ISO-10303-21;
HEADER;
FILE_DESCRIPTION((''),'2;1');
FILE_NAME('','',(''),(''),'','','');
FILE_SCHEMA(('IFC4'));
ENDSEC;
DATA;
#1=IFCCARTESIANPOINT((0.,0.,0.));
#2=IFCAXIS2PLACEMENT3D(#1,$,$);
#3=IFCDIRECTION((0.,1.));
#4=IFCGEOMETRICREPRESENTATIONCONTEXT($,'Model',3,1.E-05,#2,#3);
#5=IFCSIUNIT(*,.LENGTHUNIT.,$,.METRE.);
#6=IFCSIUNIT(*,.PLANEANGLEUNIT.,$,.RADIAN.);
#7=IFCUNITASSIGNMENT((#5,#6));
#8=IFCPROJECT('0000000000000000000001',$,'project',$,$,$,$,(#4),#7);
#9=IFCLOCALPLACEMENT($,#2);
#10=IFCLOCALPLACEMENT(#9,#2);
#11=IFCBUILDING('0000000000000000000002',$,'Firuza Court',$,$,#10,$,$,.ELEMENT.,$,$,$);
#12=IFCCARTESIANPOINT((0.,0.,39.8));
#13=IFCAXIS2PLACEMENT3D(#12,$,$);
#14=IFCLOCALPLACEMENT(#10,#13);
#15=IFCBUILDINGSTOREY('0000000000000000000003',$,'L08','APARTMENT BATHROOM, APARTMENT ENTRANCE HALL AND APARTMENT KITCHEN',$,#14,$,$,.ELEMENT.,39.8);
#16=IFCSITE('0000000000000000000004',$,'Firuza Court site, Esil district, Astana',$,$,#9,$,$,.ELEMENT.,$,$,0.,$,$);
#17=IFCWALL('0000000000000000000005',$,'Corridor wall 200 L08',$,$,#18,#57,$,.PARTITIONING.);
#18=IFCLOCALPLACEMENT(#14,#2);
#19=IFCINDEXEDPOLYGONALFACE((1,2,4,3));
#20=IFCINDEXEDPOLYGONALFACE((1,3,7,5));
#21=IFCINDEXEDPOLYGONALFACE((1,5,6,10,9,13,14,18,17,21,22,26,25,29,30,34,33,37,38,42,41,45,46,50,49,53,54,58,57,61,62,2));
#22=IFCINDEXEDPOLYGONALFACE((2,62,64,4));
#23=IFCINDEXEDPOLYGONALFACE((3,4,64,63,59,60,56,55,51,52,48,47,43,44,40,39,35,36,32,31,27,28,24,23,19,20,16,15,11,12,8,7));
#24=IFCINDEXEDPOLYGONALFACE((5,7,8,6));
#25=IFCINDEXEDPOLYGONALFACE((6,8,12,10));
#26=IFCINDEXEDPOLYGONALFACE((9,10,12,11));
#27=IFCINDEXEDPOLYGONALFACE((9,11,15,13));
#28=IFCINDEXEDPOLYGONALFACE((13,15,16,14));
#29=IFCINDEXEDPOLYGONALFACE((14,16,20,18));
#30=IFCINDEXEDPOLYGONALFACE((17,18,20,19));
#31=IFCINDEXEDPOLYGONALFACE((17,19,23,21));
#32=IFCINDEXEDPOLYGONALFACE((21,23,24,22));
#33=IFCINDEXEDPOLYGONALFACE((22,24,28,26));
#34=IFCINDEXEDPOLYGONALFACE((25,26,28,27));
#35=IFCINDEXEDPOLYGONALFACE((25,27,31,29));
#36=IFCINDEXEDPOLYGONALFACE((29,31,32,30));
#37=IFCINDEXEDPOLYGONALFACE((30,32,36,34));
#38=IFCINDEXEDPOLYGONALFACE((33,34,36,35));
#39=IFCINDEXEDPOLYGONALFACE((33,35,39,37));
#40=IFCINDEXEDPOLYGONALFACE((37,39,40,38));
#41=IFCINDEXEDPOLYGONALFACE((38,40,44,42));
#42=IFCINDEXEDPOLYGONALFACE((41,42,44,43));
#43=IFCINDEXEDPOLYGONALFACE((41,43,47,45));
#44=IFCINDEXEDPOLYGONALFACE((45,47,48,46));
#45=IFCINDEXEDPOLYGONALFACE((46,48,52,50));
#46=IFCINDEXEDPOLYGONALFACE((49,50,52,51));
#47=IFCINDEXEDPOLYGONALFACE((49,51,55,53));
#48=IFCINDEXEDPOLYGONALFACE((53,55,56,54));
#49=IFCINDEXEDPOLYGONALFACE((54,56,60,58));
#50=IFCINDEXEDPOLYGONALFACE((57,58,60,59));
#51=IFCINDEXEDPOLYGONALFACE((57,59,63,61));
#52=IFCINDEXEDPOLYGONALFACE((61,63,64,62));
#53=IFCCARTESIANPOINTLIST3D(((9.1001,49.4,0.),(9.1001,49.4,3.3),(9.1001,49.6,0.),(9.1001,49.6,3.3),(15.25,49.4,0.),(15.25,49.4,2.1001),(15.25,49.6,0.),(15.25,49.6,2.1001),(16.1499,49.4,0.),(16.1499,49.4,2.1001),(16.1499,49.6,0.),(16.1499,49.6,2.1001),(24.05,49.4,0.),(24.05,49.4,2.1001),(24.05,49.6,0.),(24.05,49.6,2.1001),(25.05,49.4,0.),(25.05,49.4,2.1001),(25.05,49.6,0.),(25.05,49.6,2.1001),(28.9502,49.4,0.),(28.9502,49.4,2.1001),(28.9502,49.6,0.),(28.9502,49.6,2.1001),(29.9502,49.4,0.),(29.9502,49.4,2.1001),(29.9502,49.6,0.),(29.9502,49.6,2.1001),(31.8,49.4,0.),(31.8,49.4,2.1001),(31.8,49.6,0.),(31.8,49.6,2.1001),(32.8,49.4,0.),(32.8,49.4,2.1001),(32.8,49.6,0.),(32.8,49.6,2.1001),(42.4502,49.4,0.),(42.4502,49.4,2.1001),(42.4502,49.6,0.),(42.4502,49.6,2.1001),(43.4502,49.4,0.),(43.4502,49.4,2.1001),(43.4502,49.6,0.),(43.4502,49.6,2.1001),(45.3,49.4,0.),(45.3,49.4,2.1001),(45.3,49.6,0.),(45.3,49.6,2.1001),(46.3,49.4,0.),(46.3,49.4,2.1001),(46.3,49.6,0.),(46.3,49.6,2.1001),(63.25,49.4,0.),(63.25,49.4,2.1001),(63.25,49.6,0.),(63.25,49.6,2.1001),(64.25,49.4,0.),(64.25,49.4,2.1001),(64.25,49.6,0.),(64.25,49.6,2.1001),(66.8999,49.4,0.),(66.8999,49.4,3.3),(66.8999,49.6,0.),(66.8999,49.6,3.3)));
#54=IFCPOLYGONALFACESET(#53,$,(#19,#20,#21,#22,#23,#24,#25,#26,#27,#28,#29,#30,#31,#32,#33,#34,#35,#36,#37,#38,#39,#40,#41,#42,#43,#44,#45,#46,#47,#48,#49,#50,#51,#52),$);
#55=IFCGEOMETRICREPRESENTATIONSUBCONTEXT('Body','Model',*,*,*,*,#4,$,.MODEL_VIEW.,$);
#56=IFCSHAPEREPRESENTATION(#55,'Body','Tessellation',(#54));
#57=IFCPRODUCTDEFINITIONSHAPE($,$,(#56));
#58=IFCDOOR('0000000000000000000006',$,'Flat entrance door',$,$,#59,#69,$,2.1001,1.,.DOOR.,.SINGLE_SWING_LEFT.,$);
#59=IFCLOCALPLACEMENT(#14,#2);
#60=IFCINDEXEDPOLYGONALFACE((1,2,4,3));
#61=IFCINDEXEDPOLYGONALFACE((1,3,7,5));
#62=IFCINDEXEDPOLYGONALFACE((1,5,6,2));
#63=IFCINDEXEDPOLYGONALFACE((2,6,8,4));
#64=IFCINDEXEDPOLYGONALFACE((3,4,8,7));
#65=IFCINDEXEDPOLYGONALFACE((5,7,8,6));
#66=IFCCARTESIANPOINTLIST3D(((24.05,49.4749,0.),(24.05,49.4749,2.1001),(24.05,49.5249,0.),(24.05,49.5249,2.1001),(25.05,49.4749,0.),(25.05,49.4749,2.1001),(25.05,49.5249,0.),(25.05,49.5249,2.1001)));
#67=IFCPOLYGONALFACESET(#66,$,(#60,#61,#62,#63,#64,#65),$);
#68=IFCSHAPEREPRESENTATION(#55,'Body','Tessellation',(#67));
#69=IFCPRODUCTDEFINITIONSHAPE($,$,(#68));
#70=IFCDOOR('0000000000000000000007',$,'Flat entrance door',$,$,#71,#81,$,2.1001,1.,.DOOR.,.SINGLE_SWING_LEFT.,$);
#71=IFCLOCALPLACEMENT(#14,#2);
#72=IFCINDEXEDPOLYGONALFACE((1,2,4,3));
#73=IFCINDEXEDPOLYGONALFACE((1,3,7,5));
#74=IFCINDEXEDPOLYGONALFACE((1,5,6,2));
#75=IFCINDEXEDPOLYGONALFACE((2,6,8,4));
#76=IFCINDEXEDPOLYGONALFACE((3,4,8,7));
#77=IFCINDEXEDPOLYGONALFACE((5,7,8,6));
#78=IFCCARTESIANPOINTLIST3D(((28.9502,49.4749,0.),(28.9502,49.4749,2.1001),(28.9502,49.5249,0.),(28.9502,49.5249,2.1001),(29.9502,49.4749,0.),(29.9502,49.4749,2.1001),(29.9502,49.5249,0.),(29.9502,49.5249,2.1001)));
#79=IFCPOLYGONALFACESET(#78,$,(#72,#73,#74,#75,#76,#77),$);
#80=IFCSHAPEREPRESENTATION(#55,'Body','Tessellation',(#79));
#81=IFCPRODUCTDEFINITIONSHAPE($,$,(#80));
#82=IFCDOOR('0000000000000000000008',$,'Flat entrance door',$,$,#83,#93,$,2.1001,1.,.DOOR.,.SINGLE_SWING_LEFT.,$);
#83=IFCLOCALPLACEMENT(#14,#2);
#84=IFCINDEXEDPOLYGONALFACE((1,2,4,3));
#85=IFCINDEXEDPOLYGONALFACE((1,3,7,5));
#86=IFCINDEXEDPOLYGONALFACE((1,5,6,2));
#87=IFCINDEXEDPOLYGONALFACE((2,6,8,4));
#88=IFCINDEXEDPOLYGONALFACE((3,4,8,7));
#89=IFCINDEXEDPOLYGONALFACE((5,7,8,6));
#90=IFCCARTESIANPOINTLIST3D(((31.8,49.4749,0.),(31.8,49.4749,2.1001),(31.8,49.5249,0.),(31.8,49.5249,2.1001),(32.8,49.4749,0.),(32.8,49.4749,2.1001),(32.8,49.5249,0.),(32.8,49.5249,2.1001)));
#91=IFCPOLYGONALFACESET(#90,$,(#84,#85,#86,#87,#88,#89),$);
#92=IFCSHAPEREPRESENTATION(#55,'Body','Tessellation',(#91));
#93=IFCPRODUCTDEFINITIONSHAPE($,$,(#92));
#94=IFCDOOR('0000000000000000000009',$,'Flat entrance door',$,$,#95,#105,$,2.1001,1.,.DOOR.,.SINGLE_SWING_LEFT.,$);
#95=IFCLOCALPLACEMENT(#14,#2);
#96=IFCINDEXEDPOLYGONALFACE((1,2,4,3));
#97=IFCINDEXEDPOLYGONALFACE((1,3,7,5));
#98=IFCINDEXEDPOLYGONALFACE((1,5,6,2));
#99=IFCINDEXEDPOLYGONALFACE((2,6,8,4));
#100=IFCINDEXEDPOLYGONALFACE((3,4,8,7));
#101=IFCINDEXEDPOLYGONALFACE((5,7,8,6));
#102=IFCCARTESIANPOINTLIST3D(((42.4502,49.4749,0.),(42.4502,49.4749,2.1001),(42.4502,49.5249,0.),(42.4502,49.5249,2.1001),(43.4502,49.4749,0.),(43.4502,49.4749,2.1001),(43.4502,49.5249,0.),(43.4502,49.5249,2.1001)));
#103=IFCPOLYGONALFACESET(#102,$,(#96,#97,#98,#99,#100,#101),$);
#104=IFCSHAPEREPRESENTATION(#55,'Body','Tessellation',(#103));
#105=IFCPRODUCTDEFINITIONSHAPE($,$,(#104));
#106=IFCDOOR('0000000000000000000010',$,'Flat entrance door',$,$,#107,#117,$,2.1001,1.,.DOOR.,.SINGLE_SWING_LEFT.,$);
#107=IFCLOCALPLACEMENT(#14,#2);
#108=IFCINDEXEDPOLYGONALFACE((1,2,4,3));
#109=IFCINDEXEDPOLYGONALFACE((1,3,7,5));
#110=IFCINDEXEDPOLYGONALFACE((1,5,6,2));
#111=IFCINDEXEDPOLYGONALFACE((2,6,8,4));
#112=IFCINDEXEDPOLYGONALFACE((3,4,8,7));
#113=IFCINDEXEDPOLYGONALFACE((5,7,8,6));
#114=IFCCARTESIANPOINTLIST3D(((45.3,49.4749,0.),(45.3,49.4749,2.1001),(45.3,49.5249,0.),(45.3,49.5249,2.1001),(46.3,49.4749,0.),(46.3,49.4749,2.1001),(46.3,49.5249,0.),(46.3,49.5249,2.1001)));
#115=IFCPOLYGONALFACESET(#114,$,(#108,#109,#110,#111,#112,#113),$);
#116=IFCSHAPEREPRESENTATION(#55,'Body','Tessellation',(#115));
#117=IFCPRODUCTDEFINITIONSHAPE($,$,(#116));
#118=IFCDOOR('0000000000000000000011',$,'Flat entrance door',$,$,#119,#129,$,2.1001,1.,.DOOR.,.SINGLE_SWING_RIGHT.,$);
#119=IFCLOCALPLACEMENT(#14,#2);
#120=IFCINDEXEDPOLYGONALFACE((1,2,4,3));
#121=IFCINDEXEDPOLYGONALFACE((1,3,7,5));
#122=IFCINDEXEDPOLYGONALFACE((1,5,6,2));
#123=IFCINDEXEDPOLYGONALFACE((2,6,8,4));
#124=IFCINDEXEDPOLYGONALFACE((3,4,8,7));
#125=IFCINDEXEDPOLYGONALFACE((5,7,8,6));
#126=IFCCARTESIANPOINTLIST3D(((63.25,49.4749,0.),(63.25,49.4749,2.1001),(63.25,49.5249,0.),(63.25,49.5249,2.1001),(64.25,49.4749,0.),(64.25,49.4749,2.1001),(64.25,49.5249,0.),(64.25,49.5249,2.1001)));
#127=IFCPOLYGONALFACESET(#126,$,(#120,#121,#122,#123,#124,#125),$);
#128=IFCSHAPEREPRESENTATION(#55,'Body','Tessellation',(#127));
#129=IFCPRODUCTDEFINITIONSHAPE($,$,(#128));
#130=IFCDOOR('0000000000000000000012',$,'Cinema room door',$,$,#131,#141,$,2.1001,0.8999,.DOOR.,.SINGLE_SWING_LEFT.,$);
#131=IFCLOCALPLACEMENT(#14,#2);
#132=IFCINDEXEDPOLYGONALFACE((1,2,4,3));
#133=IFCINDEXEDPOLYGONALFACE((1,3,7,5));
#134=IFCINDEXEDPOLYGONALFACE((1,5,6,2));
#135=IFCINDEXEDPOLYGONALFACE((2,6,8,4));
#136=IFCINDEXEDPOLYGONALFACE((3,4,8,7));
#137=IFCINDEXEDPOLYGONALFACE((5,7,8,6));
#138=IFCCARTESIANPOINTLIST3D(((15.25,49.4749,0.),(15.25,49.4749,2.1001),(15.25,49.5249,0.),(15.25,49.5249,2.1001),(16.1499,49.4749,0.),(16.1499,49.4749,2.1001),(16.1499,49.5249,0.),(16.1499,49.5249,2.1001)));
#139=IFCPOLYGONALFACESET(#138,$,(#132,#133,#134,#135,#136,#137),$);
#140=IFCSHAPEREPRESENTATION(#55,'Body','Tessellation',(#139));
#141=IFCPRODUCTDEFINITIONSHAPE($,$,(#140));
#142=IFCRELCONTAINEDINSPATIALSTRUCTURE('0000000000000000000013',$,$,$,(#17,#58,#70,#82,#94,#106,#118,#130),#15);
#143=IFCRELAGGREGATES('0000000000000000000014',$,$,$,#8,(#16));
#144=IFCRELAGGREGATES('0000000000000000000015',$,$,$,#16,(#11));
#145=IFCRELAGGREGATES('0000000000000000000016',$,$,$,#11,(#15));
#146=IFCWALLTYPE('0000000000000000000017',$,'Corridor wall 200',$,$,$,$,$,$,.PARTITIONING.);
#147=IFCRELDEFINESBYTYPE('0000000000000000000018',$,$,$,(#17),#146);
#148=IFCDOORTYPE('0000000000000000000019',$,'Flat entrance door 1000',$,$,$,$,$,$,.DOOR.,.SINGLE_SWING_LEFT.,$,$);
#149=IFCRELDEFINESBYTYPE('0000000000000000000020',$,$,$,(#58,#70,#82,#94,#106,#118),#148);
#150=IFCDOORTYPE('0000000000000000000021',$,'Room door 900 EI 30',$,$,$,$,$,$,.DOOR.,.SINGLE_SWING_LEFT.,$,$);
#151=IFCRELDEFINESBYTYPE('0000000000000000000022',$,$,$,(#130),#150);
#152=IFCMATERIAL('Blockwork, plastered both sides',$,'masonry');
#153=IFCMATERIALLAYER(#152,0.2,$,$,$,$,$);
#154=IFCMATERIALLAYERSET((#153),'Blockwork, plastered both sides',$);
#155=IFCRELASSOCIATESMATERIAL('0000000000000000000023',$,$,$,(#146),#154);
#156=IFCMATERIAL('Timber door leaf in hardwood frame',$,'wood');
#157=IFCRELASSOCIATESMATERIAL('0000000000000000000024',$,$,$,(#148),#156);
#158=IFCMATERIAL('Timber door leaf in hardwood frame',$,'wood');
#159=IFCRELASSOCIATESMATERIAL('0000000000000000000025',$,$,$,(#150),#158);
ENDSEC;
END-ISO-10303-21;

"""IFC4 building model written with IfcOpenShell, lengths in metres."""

from ifc_helpers import new_model, si_unit, direction, frame, frame_2d, origin, place, context, subcontext, project, spatial, rectangle, extrude, material, layer, layer_set, type_object, element, fill, save


model = new_model("IFC4")

# Units and contexts
model_context = context("Model", 3, precision=1e-05, world=origin(), true_north=direction((0.0, 1.0)))
body_context = subcontext(model_context, "Body", "Model", "MODEL_VIEW")
ifc_project = project(units=[si_unit("LENGTHUNIT", "METRE"), si_unit("PLANEANGLEUNIT", "RADIAN")], contexts=[model_context])

# Site, building, storey
site_placement = place(None, origin())
site = spatial("IfcSite", under=ifc_project, at=site_placement, Name="Firuza Court site, Esil district, Astana", CompositionType="ELEMENT", RefElevation=0.0)
building_placement = place(site_placement, origin())
building = spatial("IfcBuilding", under=site, at=building_placement, Name="Firuza Court", CompositionType="ELEMENT")
storey_placement = place(building_placement, frame((0.0, 0.0, 39.8)))
storey = spatial("IfcBuildingStorey", under=building, at=storey_placement, Name="L08", Description="APARTMENT BATHROOM, APARTMENT ENTRANCE HALL AND APARTMENT KITCHEN", CompositionType="ELEMENT", Elevation=39.8)

# Wall, openings, doors
ifc_material_1 = material(Name="Blockwork, plastered both sides", Category="masonry")
ifc_layer_1 = layer(ifc_material_1, 0.2)
ifc_layer_set_1 = layer_set([ifc_layer_1], Name="Blockwork, plastered both sides")
wall_type_1 = type_object("IfcWallType", Name="Corridor wall 200", PredefinedType="PARTITIONING", material=ifc_layer_set_1)
wall_1_placement = place(storey_placement, frame((9.1001, 49.5, 0.0), z_axis=(0.0, 0.0, 1.0), x_axis=(1.0, 0.0, 0.0)))
wall_1 = element("IfcWall", 1, at=wall_1_placement, inside=storey, type_object=wall_type_1, Name="Corridor wall 200 L08", PredefinedType="PARTITIONING", context=body_context, shape_type="SweptSolid", body=[
    extrude(rectangle(XDim=57.7998, YDim=0.2, at=frame_2d((28.8999, 0.0))), origin(), (0.0, 0.0, 1.0), 3.3),
])
opening_1_placement = place(wall_1_placement, frame((14.95, 0.0, 0.0)))
opening_1 = element("IfcOpeningElement", 2, at=opening_1_placement, cuts=wall_1, PredefinedType="OPENING", context=body_context, shape_type="SweptSolid", body=[
    extrude(rectangle(XDim=1.0, YDim=2.1001, at=frame_2d((0.5, 1.05))), frame((0.0, 0.1118, 0.0), z_axis=(0.0, -1.0, 0.0), x_axis=(1.0, 0.0, 0.0)), (0.0, 0.0, 1.0), 0.2239),
])
opening_2_placement = place(wall_1_placement, frame((19.8501, 0.0, 0.0)))
opening_2 = element("IfcOpeningElement", 3, at=opening_2_placement, cuts=wall_1, PredefinedType="OPENING", context=body_context, shape_type="SweptSolid", body=[
    extrude(rectangle(XDim=1.0, YDim=2.1001, at=frame_2d((0.5, 1.05))), frame((0.0, 0.1118, 0.0), z_axis=(0.0, -1.0, 0.0), x_axis=(1.0, 0.0, 0.0)), (0.0, 0.0, 1.0), 0.2239),
])
opening_3_placement = place(wall_1_placement, frame((22.7, 0.0, 0.0)))
opening_3 = element("IfcOpeningElement", 4, at=opening_3_placement, cuts=wall_1, PredefinedType="OPENING", context=body_context, shape_type="SweptSolid", body=[
    extrude(rectangle(XDim=1.0, YDim=2.1001, at=frame_2d((0.5, 1.05))), frame((0.0, 0.1118, 0.0), z_axis=(0.0, -1.0, 0.0), x_axis=(1.0, 0.0, 0.0)), (0.0, 0.0, 1.0), 0.2239),
])
opening_4_placement = place(wall_1_placement, frame((33.3501, 0.0, 0.0)))
opening_4 = element("IfcOpeningElement", 5, at=opening_4_placement, cuts=wall_1, PredefinedType="OPENING", context=body_context, shape_type="SweptSolid", body=[
    extrude(rectangle(XDim=1.0, YDim=2.1001, at=frame_2d((0.5, 1.05))), frame((0.0, 0.1118, 0.0), z_axis=(0.0, -1.0, 0.0), x_axis=(1.0, 0.0, 0.0)), (0.0, 0.0, 1.0), 0.2239),
])
opening_5_placement = place(wall_1_placement, frame((36.2, 0.0, 0.0)))
opening_5 = element("IfcOpeningElement", 6, at=opening_5_placement, cuts=wall_1, PredefinedType="OPENING", context=body_context, shape_type="SweptSolid", body=[
    extrude(rectangle(XDim=1.0, YDim=2.1001, at=frame_2d((0.5, 1.05))), frame((0.0, 0.1118, 0.0), z_axis=(0.0, -1.0, 0.0), x_axis=(1.0, 0.0, 0.0)), (0.0, 0.0, 1.0), 0.2239),
])
opening_6_placement = place(wall_1_placement, frame((54.1499, 0.0, 0.0)))
opening_6 = element("IfcOpeningElement", 7, at=opening_6_placement, cuts=wall_1, PredefinedType="OPENING", context=body_context, shape_type="SweptSolid", body=[
    extrude(rectangle(XDim=1.0, YDim=2.1001, at=frame_2d((0.5, 1.05))), frame((0.0, 0.1118, 0.0), z_axis=(0.0, -1.0, 0.0), x_axis=(1.0, 0.0, 0.0)), (0.0, 0.0, 1.0), 0.2239),
])
opening_7_placement = place(wall_1_placement, frame((6.1499, 0.0, 0.0)))
opening_7 = element("IfcOpeningElement", 8, at=opening_7_placement, cuts=wall_1, PredefinedType="OPENING", context=body_context, shape_type="SweptSolid", body=[
    extrude(rectangle(XDim=0.8999, YDim=2.1001, at=frame_2d((0.45, 1.05))), frame((0.0, 0.1118, 0.0), z_axis=(0.0, -1.0, 0.0), x_axis=(1.0, 0.0, 0.0)), (0.0, 0.0, 1.0), 0.2239),
])
ifc_material_2 = material(Name="Timber door leaf in hardwood frame", Category="wood")
door_type_1 = type_object("IfcDoorType", Name="Flat entrance door 1000", OperationType="SINGLE_SWING_LEFT", PredefinedType="DOOR", material=ifc_material_2)
door_1_placement = place(opening_1_placement, origin())
door_1 = element("IfcDoor", 9, at=door_1_placement, inside=storey, type_object=door_type_1, Name="Flat entrance door", OperationType="SINGLE_SWING_LEFT", OverallHeight=2.1001, OverallWidth=1.0, PredefinedType="DOOR", context=body_context, shape_type="SweptSolid", body=[
    extrude(rectangle(XDim=1.0, YDim=2.1001, at=frame_2d((0.5, 1.05))), frame((0.0, 0.0249, 0.0), z_axis=(0.0, -1.0, 0.0), x_axis=(1.0, 0.0, 0.0)), (0.0, 0.0, 1.0), 0.05),
])
fill(opening_1, door_1)
door_2_placement = place(opening_2_placement, origin())
door_2 = element("IfcDoor", 10, at=door_2_placement, inside=storey, type_object=door_type_1, Name="Flat entrance door", OperationType="SINGLE_SWING_LEFT", OverallHeight=2.1001, OverallWidth=1.0, PredefinedType="DOOR", context=body_context, shape_type="SweptSolid", body=[
    extrude(rectangle(XDim=1.0, YDim=2.1001, at=frame_2d((0.5, 1.05))), frame((0.0, 0.0249, 0.0), z_axis=(0.0, -1.0, 0.0), x_axis=(1.0, 0.0, 0.0)), (0.0, 0.0, 1.0), 0.05),
])
fill(opening_2, door_2)
door_3_placement = place(opening_3_placement, origin())
door_3 = element("IfcDoor", 11, at=door_3_placement, inside=storey, type_object=door_type_1, Name="Flat entrance door", OperationType="SINGLE_SWING_LEFT", OverallHeight=2.1001, OverallWidth=1.0, PredefinedType="DOOR", context=body_context, shape_type="SweptSolid", body=[
    extrude(rectangle(XDim=1.0, YDim=2.1001, at=frame_2d((0.5, 1.05))), frame((0.0, 0.0249, 0.0), z_axis=(0.0, -1.0, 0.0), x_axis=(1.0, 0.0, 0.0)), (0.0, 0.0, 1.0), 0.05),
])
fill(opening_3, door_3)
door_4_placement = place(opening_4_placement, origin())
door_4 = element("IfcDoor", 12, at=door_4_placement, inside=storey, type_object=door_type_1, Name="Flat entrance door", OperationType="SINGLE_SWING_LEFT", OverallHeight=2.1001, OverallWidth=1.0, PredefinedType="DOOR", context=body_context, shape_type="SweptSolid", body=[
    extrude(rectangle(XDim=1.0, YDim=2.1001, at=frame_2d((0.5, 1.05))), frame((0.0, 0.0249, 0.0), z_axis=(0.0, -1.0, 0.0), x_axis=(1.0, 0.0, 0.0)), (0.0, 0.0, 1.0), 0.05),
])
fill(opening_4, door_4)
door_5_placement = place(opening_5_placement, origin())
door_5 = element("IfcDoor", 13, at=door_5_placement, inside=storey, type_object=door_type_1, Name="Flat entrance door", OperationType="SINGLE_SWING_LEFT", OverallHeight=2.1001, OverallWidth=1.0, PredefinedType="DOOR", context=body_context, shape_type="SweptSolid", body=[
    extrude(rectangle(XDim=1.0, YDim=2.1001, at=frame_2d((0.5, 1.05))), frame((0.0, 0.0249, 0.0), z_axis=(0.0, -1.0, 0.0), x_axis=(1.0, 0.0, 0.0)), (0.0, 0.0, 1.0), 0.05),
])
fill(opening_5, door_5)
door_6_placement = place(opening_6_placement, origin())
door_6 = element("IfcDoor", 14, at=door_6_placement, inside=storey, type_object=door_type_1, Name="Flat entrance door", OperationType="SINGLE_SWING_RIGHT", OverallHeight=2.1001, OverallWidth=1.0, PredefinedType="DOOR", context=body_context, shape_type="SweptSolid", body=[
    extrude(rectangle(XDim=1.0, YDim=2.1001, at=frame_2d((0.5, 1.05))), frame((0.0, 0.0249, 0.0), z_axis=(0.0, -1.0, 0.0), x_axis=(1.0, 0.0, 0.0)), (0.0, 0.0, 1.0), 0.05),
])
fill(opening_6, door_6)
ifc_material_3 = material(Name="Timber door leaf in hardwood frame", Category="wood")
door_type_2 = type_object("IfcDoorType", Name="Room door 900 EI 30", OperationType="SINGLE_SWING_LEFT", PredefinedType="DOOR", material=ifc_material_3)
door_7_placement = place(opening_7_placement, origin())
door_7 = element("IfcDoor", 15, at=door_7_placement, inside=storey, type_object=door_type_2, Name="Cinema room door", OperationType="SINGLE_SWING_LEFT", OverallHeight=2.1001, OverallWidth=0.8999, PredefinedType="DOOR", context=body_context, shape_type="SweptSolid", body=[
    extrude(rectangle(XDim=0.8999, YDim=2.1001, at=frame_2d((0.45, 1.05))), frame((0.0, 0.0249, 0.0), z_axis=(0.0, -1.0, 0.0), x_axis=(1.0, 0.0, 0.0)), (0.0, 0.0, 1.0), 0.05),
])
fill(opening_7, door_7)

save(model, "model.ifc")
